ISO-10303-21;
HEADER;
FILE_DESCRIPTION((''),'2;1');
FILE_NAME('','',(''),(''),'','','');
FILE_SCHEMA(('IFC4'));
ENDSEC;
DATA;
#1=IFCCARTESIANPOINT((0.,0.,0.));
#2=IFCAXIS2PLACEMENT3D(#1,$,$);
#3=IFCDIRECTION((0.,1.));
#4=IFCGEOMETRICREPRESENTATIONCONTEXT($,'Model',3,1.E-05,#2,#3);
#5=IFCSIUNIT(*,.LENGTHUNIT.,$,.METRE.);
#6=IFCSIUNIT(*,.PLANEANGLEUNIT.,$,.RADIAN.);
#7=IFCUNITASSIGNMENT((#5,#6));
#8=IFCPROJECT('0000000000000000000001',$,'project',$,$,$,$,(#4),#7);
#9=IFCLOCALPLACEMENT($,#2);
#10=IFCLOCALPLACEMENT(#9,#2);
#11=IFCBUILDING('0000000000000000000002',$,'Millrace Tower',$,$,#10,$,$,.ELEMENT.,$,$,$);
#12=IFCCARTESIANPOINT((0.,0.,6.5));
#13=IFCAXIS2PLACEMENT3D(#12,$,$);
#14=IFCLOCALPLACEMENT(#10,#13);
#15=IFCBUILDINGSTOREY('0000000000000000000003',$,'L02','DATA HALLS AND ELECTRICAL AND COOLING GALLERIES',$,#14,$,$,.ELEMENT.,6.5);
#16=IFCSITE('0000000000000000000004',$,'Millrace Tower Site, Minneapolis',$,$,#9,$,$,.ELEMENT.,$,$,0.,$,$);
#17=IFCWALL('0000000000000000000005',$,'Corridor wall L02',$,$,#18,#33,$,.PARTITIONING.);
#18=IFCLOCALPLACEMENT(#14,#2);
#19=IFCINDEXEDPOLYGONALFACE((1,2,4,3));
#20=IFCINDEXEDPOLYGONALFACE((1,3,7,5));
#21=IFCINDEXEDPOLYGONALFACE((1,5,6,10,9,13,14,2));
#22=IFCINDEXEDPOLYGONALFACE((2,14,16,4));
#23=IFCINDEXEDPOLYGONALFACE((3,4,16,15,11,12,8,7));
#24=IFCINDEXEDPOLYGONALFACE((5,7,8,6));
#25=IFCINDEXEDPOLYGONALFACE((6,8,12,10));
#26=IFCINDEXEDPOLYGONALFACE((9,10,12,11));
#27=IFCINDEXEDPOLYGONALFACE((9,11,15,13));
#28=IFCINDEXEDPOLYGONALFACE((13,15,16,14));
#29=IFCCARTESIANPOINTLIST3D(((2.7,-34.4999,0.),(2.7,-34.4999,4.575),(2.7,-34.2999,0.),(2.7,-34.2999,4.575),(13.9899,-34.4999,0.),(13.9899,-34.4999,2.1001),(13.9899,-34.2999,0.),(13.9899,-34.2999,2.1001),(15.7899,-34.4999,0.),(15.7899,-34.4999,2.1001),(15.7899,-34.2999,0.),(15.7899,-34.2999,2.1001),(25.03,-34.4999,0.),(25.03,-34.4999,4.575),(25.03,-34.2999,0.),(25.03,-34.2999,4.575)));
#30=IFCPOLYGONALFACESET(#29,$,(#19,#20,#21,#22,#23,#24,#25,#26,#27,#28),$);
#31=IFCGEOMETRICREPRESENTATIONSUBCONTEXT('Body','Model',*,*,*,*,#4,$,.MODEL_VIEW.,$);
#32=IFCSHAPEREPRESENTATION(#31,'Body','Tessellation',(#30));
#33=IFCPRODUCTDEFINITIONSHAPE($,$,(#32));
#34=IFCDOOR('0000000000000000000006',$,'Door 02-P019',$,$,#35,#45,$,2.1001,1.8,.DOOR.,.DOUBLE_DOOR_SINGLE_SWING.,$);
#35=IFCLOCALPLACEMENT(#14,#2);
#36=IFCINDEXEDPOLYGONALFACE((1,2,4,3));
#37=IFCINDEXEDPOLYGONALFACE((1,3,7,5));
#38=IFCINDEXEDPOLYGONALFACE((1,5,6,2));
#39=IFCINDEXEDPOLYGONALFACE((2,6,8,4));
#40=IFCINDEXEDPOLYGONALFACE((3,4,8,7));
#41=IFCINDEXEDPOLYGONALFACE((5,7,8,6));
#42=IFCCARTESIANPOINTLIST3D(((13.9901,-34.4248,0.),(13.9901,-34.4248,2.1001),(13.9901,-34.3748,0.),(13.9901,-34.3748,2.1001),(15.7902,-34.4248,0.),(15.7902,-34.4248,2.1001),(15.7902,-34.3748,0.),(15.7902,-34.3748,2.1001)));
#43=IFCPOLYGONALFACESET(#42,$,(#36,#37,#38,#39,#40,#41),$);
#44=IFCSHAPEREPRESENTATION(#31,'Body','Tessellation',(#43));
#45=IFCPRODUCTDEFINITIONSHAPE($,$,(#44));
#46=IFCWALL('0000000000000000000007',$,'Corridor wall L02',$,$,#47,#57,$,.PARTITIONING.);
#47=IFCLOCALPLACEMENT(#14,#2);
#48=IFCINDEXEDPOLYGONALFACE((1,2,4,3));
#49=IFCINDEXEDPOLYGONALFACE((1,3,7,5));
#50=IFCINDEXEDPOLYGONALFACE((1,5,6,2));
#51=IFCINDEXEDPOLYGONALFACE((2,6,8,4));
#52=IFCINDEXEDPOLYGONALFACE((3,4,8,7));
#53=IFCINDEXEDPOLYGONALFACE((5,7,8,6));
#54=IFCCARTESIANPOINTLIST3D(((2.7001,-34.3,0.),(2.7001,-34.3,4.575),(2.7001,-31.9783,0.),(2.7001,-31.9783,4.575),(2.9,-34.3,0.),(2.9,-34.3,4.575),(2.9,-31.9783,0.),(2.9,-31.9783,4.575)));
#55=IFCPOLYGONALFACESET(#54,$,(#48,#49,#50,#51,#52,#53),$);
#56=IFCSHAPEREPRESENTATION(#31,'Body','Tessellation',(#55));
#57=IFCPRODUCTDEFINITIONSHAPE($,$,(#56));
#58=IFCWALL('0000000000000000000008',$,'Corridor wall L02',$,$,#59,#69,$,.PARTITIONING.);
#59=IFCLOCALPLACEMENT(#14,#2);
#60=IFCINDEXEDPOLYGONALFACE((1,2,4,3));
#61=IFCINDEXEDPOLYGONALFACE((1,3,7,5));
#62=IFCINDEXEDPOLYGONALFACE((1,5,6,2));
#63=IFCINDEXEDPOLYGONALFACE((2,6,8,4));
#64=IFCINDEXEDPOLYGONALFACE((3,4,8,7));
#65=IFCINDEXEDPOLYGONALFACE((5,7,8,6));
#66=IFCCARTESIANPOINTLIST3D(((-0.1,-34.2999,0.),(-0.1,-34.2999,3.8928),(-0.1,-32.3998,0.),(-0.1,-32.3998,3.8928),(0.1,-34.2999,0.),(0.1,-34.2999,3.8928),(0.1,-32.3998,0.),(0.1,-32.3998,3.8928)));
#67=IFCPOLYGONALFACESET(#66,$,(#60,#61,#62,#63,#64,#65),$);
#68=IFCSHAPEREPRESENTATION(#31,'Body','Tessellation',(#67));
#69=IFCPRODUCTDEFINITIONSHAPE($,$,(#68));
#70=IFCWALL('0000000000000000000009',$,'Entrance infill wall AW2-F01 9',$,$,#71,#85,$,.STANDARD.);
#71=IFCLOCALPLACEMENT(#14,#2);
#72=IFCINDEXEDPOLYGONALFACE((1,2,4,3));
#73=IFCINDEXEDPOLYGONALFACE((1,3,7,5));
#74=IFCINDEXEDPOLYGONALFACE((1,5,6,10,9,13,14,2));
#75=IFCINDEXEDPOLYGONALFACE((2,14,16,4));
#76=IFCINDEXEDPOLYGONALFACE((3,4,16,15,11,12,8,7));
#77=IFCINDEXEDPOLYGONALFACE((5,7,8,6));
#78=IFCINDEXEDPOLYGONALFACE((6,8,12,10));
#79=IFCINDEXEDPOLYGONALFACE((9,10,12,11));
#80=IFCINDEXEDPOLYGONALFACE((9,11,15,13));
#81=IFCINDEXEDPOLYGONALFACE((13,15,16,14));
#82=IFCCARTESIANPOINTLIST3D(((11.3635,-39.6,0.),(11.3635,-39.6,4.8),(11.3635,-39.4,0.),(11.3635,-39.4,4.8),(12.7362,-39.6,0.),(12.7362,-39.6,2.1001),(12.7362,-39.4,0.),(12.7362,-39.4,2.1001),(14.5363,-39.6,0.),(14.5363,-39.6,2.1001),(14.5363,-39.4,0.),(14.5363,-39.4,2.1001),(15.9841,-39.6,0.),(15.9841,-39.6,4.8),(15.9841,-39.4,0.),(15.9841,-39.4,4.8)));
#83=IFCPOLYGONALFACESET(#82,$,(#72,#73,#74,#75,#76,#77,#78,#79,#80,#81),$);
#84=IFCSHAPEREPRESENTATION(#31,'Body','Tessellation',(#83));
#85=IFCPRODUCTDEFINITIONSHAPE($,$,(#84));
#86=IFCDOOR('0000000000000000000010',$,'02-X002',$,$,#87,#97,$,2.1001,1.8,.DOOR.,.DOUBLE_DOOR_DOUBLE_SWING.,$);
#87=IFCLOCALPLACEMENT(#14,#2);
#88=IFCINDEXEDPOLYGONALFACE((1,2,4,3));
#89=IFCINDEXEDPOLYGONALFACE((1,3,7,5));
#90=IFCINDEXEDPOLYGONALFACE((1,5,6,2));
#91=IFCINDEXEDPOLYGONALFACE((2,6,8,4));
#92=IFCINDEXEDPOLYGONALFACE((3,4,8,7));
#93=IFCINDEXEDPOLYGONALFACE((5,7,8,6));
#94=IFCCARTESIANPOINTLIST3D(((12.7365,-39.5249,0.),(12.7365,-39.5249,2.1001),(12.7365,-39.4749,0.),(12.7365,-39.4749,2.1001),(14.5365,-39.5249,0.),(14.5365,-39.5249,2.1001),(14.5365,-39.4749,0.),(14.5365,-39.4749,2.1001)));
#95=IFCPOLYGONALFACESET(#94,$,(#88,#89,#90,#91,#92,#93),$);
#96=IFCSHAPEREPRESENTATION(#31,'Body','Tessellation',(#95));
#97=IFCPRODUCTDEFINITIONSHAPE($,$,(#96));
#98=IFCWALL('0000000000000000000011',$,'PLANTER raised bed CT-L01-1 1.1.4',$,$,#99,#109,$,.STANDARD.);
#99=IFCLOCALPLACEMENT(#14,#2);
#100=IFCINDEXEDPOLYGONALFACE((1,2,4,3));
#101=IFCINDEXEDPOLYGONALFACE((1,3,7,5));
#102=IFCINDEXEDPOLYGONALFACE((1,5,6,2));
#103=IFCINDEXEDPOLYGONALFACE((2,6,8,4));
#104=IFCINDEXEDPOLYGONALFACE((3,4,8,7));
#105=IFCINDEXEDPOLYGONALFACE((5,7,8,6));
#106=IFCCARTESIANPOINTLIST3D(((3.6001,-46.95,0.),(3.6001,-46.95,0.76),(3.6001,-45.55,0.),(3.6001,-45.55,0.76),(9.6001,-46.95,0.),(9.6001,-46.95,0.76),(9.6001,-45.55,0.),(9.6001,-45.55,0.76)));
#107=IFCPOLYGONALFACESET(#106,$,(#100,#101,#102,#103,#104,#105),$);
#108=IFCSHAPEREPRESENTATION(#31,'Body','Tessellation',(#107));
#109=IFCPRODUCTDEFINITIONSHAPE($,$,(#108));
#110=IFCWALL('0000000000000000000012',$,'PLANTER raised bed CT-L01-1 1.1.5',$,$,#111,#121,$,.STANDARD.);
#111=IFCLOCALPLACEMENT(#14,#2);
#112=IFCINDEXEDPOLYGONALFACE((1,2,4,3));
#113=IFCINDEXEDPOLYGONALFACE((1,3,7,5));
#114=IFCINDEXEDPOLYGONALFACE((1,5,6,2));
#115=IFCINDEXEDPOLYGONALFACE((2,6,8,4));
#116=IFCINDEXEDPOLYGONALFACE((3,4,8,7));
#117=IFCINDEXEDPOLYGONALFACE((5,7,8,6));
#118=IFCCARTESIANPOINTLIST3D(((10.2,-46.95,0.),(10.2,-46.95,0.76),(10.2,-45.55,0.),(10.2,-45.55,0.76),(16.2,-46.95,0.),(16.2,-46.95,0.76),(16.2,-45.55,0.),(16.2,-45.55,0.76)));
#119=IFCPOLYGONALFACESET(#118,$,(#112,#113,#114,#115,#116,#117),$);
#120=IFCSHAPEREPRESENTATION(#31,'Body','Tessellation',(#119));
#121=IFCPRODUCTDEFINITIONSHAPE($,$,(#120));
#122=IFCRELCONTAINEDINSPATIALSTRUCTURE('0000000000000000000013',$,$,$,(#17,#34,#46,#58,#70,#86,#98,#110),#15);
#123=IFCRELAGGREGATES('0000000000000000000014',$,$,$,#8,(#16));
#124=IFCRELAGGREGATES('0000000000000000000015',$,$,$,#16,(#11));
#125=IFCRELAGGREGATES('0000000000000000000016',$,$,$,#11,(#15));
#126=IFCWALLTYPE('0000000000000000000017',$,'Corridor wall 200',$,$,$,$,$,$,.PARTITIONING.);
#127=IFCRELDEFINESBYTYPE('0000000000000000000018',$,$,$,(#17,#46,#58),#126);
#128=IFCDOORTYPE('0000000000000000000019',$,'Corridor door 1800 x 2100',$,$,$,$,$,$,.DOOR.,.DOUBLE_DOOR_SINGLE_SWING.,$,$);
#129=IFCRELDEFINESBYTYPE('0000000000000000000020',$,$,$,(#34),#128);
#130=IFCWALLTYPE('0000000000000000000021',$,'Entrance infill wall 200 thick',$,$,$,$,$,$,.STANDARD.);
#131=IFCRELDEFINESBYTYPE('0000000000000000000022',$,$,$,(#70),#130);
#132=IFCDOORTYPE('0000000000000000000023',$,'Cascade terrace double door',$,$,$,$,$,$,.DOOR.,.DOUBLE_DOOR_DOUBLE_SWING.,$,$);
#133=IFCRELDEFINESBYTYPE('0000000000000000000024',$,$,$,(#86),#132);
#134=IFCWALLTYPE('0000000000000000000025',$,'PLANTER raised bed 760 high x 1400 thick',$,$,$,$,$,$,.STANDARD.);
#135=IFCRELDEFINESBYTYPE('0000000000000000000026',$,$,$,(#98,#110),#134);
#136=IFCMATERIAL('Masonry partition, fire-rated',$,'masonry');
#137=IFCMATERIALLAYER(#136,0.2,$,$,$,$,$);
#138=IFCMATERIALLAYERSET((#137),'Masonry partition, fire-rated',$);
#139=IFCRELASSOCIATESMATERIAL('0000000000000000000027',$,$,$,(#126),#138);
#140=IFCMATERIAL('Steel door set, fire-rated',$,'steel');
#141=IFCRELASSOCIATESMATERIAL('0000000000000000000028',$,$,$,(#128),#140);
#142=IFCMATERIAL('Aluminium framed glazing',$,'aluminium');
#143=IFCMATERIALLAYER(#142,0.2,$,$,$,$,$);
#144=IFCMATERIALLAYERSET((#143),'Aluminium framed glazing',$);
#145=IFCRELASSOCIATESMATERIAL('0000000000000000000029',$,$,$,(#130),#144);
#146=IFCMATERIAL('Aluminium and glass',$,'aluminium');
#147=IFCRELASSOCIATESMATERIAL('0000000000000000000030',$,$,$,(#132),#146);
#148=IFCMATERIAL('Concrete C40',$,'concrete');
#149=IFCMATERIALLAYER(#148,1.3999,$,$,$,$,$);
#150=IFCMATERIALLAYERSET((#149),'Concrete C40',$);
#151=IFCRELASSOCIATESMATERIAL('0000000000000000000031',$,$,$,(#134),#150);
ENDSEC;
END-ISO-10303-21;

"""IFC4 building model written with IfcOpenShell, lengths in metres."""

from ifc_helpers import new_model, si_unit, direction, frame, frame_2d, origin, place, context, subcontext, project, spatial, rectangle, extrude, material, layer, layer_set, type_object, element, fill, save


model = new_model("IFC4")

# Units and contexts
model_context = context("Model", 3, precision=1e-05, world=origin(), true_north=direction((0.0, 1.0)))
body_context = subcontext(model_context, "Body", "Model", "MODEL_VIEW")
ifc_project = project(units=[si_unit("LENGTHUNIT", "METRE"), si_unit("PLANEANGLEUNIT", "RADIAN")], contexts=[model_context])

# Site, building, storey
site_placement = place(None, origin())
site = spatial("IfcSite", under=ifc_project, at=site_placement, Name="Millrace Tower Site, Minneapolis", CompositionType="ELEMENT", RefElevation=0.0)
building_placement = place(site_placement, origin())
building = spatial("IfcBuilding", under=site, at=building_placement, Name="Millrace Tower", CompositionType="ELEMENT")
storey_placement = place(building_placement, frame((0.0, 0.0, 6.5)))
storey = spatial("IfcBuildingStorey", under=building, at=storey_placement, Name="L02", Description="DATA HALLS AND ELECTRICAL AND COOLING GALLERIES", CompositionType="ELEMENT", Elevation=6.5)

# Wall, opening, door
ifc_material_1 = material(Name="Masonry partition, fire-rated", Category="masonry")
ifc_layer_1 = layer(ifc_material_1, 0.2)
ifc_layer_set_1 = layer_set([ifc_layer_1], Name="Masonry partition, fire-rated")
wall_type_1 = type_object("IfcWallType", Name="Corridor wall 200", PredefinedType="PARTITIONING", material=ifc_layer_set_1)
wall_1_placement = place(storey_placement, frame((2.7, -34.3999, 0.0), z_axis=(0.0, 0.0, 1.0), x_axis=(1.0, 0.0, 0.0)))
wall_1 = element("IfcWall", 1, at=wall_1_placement, inside=storey, type_object=wall_type_1, Name="Corridor wall L02", PredefinedType="PARTITIONING", context=body_context, shape_type="SweptSolid", body=[
    extrude(rectangle(XDim=22.3301, YDim=0.2, at=frame_2d((11.165, 0.0))), origin(), (0.0, 0.0, 1.0), 4.575),
])
opening_1_placement = place(wall_1_placement, frame((11.29, 0.0, 0.0)))
opening_1 = element("IfcOpeningElement", 2, at=opening_1_placement, cuts=wall_1, PredefinedType="OPENING", context=body_context, shape_type="SweptSolid", body=[
    extrude(rectangle(XDim=1.8, YDim=2.1001, at=frame_2d((0.8999, 1.05))), frame((0.0, 0.1099, 0.0), z_axis=(0.0, -1.0, 0.0), x_axis=(1.0, 0.0, 0.0)), (0.0, 0.0, 1.0), 0.22),
])
ifc_material_2 = material(Name="Steel door set, fire-rated", Category="steel")
door_type_1 = type_object("IfcDoorType", Name="Corridor door 1800 x 2100", OperationType="DOUBLE_DOOR_SINGLE_SWING", PredefinedType="DOOR", material=ifc_material_2)
door_1_placement = place(opening_1_placement, frame((1.8, 0.0, 0.0), z_axis=(0.0, 0.0, 1.0), x_axis=(-1.0, 0.0, 0.0)))
door_1 = element("IfcDoor", 3, at=door_1_placement, inside=storey, type_object=door_type_1, Name="Door 02-P019", OperationType="DOUBLE_DOOR_SINGLE_SWING", OverallHeight=2.1001, OverallWidth=1.8, PredefinedType="DOOR", context=body_context, shape_type="SweptSolid", body=[
    extrude(rectangle(XDim=1.8, YDim=2.1001, at=frame_2d((0.8999, 1.05))), frame((0.0, 0.0249, 0.0), z_axis=(0.0, -1.0, 0.0), x_axis=(1.0, 0.0, 0.0)), (0.0, 0.0, 1.0), 0.05),
])
fill(opening_1, door_1)

# Walls
wall_2_placement = place(storey_placement, frame((2.8, -34.3, 0.0), z_axis=(0.0, 0.0, 1.0), x_axis=(0.0, 1.0, 0.0)))
element("IfcWall", 4, at=wall_2_placement, inside=storey, type_object=wall_type_1, Name="Corridor wall L02", PredefinedType="PARTITIONING", context=body_context, shape_type="SweptSolid", body=[
    extrude(rectangle(XDim=2.3218, YDim=0.2, at=frame_2d((1.1609, 0.0))), origin(), (0.0, 0.0, 1.0), 4.575),
])
wall_3_placement = place(storey_placement, frame((0.0, -34.3, 0.0), z_axis=(0.0, 0.0, 1.0), x_axis=(0.0, 1.0, 0.0)))
element("IfcWall", 5, at=wall_3_placement, inside=storey, type_object=wall_type_1, Name="Corridor wall L02", PredefinedType="PARTITIONING", context=body_context, shape_type="SweptSolid", body=[
    extrude(rectangle(XDim=1.9001, YDim=0.2, at=frame_2d((0.9502, 0.0))), origin(), (0.0, 0.0, 1.0), 3.8928),
])

# Wall, opening, door
ifc_material_3 = material(Name="Aluminium framed glazing", Category="aluminium")
ifc_layer_2 = layer(ifc_material_3, 0.2)
ifc_layer_set_2 = layer_set([ifc_layer_2], Name="Aluminium framed glazing")
wall_type_2 = type_object("IfcWallType", Name="Entrance infill wall 200 thick", PredefinedType="STANDARD", material=ifc_layer_set_2)
wall_4_placement = place(storey_placement, frame((11.3635, -39.5, 0.0), z_axis=(0.0, 0.0, 1.0), x_axis=(1.0, 0.0, 0.0)))
wall_4 = element("IfcWall", 6, at=wall_4_placement, inside=storey, type_object=wall_type_2, Name="Entrance infill wall AW2-F01 9", PredefinedType="STANDARD", context=body_context, shape_type="SweptSolid", body=[
    extrude(rectangle(XDim=4.6206, YDim=0.2, at=frame_2d((2.3103, 0.0))), origin(), (0.0, 0.0, 1.0), 4.8),
])
opening_2_placement = place(wall_4_placement, frame((1.3728, 0.0, 0.0)))
opening_2 = element("IfcOpeningElement", 7, at=opening_2_placement, cuts=wall_4, PredefinedType="OPENING", context=body_context, shape_type="SweptSolid", body=[
    extrude(rectangle(XDim=1.8, YDim=2.1001, at=frame_2d((0.8999, 1.05))), frame((0.0, 0.1099, 0.0), z_axis=(0.0, -1.0, 0.0), x_axis=(1.0, 0.0, 0.0)), (0.0, 0.0, 1.0), 0.22),
])
ifc_material_4 = material(Name="Aluminium and glass", Category="aluminium")
door_type_2 = type_object("IfcDoorType", Name="Cascade terrace double door", OperationType="DOUBLE_DOOR_DOUBLE_SWING", PredefinedType="DOOR", material=ifc_material_4)
door_2_placement = place(opening_2_placement, frame((1.8, 0.0, 0.0), z_axis=(0.0, 0.0, 1.0), x_axis=(-1.0, 0.0, 0.0)))
door_2 = element("IfcDoor", 8, at=door_2_placement, inside=storey, type_object=door_type_2, Name="02-X002", OperationType="DOUBLE_DOOR_DOUBLE_SWING", OverallHeight=2.1001, OverallWidth=1.8, PredefinedType="DOOR", context=body_context, shape_type="SweptSolid", body=[
    extrude(rectangle(XDim=1.8, YDim=2.1001, at=frame_2d((0.8999, 1.05))), frame((0.0, 0.0249, 0.0), z_axis=(0.0, -1.0, 0.0), x_axis=(1.0, 0.0, 0.0)), (0.0, 0.0, 1.0), 0.05),
])
fill(opening_2, door_2)

# Walls
ifc_material_5 = material(Name="Concrete C40", Category="concrete")
ifc_layer_3 = layer(ifc_material_5, 1.3999)
ifc_layer_set_3 = layer_set([ifc_layer_3], Name="Concrete C40")
wall_type_3 = type_object("IfcWallType", Name="PLANTER raised bed 760 high x 1400 thick", PredefinedType="STANDARD", material=ifc_layer_set_3)
for number, where, z_axis, x_axis, name in (
    (9, (3.6001, -46.25, 0.0), (0.0, 0.0, 1.0), (1.0, 0.0, 0.0), "PLANTER raised bed CT-L01-1 1.1.4"),
    (10, (10.2, -46.25, 0.0), (0.0, 0.0, 1.0), (1.0, 0.0, 0.0), "PLANTER raised bed CT-L01-1 1.1.5"),
):
    element("IfcWall", number, at=place(storey_placement, frame(where, z_axis=z_axis, x_axis=x_axis)), inside=storey, type_object=wall_type_3, Name=name, PredefinedType="STANDARD", context=body_context, shape_type="SweptSolid", body=[
        extrude(rectangle(XDim=6.0, YDim=1.3999, at=frame_2d((3.0, 0.0))), origin(), (0.0, 0.0, 1.0), 0.76),
    ])

save(model, "model.ifc")
